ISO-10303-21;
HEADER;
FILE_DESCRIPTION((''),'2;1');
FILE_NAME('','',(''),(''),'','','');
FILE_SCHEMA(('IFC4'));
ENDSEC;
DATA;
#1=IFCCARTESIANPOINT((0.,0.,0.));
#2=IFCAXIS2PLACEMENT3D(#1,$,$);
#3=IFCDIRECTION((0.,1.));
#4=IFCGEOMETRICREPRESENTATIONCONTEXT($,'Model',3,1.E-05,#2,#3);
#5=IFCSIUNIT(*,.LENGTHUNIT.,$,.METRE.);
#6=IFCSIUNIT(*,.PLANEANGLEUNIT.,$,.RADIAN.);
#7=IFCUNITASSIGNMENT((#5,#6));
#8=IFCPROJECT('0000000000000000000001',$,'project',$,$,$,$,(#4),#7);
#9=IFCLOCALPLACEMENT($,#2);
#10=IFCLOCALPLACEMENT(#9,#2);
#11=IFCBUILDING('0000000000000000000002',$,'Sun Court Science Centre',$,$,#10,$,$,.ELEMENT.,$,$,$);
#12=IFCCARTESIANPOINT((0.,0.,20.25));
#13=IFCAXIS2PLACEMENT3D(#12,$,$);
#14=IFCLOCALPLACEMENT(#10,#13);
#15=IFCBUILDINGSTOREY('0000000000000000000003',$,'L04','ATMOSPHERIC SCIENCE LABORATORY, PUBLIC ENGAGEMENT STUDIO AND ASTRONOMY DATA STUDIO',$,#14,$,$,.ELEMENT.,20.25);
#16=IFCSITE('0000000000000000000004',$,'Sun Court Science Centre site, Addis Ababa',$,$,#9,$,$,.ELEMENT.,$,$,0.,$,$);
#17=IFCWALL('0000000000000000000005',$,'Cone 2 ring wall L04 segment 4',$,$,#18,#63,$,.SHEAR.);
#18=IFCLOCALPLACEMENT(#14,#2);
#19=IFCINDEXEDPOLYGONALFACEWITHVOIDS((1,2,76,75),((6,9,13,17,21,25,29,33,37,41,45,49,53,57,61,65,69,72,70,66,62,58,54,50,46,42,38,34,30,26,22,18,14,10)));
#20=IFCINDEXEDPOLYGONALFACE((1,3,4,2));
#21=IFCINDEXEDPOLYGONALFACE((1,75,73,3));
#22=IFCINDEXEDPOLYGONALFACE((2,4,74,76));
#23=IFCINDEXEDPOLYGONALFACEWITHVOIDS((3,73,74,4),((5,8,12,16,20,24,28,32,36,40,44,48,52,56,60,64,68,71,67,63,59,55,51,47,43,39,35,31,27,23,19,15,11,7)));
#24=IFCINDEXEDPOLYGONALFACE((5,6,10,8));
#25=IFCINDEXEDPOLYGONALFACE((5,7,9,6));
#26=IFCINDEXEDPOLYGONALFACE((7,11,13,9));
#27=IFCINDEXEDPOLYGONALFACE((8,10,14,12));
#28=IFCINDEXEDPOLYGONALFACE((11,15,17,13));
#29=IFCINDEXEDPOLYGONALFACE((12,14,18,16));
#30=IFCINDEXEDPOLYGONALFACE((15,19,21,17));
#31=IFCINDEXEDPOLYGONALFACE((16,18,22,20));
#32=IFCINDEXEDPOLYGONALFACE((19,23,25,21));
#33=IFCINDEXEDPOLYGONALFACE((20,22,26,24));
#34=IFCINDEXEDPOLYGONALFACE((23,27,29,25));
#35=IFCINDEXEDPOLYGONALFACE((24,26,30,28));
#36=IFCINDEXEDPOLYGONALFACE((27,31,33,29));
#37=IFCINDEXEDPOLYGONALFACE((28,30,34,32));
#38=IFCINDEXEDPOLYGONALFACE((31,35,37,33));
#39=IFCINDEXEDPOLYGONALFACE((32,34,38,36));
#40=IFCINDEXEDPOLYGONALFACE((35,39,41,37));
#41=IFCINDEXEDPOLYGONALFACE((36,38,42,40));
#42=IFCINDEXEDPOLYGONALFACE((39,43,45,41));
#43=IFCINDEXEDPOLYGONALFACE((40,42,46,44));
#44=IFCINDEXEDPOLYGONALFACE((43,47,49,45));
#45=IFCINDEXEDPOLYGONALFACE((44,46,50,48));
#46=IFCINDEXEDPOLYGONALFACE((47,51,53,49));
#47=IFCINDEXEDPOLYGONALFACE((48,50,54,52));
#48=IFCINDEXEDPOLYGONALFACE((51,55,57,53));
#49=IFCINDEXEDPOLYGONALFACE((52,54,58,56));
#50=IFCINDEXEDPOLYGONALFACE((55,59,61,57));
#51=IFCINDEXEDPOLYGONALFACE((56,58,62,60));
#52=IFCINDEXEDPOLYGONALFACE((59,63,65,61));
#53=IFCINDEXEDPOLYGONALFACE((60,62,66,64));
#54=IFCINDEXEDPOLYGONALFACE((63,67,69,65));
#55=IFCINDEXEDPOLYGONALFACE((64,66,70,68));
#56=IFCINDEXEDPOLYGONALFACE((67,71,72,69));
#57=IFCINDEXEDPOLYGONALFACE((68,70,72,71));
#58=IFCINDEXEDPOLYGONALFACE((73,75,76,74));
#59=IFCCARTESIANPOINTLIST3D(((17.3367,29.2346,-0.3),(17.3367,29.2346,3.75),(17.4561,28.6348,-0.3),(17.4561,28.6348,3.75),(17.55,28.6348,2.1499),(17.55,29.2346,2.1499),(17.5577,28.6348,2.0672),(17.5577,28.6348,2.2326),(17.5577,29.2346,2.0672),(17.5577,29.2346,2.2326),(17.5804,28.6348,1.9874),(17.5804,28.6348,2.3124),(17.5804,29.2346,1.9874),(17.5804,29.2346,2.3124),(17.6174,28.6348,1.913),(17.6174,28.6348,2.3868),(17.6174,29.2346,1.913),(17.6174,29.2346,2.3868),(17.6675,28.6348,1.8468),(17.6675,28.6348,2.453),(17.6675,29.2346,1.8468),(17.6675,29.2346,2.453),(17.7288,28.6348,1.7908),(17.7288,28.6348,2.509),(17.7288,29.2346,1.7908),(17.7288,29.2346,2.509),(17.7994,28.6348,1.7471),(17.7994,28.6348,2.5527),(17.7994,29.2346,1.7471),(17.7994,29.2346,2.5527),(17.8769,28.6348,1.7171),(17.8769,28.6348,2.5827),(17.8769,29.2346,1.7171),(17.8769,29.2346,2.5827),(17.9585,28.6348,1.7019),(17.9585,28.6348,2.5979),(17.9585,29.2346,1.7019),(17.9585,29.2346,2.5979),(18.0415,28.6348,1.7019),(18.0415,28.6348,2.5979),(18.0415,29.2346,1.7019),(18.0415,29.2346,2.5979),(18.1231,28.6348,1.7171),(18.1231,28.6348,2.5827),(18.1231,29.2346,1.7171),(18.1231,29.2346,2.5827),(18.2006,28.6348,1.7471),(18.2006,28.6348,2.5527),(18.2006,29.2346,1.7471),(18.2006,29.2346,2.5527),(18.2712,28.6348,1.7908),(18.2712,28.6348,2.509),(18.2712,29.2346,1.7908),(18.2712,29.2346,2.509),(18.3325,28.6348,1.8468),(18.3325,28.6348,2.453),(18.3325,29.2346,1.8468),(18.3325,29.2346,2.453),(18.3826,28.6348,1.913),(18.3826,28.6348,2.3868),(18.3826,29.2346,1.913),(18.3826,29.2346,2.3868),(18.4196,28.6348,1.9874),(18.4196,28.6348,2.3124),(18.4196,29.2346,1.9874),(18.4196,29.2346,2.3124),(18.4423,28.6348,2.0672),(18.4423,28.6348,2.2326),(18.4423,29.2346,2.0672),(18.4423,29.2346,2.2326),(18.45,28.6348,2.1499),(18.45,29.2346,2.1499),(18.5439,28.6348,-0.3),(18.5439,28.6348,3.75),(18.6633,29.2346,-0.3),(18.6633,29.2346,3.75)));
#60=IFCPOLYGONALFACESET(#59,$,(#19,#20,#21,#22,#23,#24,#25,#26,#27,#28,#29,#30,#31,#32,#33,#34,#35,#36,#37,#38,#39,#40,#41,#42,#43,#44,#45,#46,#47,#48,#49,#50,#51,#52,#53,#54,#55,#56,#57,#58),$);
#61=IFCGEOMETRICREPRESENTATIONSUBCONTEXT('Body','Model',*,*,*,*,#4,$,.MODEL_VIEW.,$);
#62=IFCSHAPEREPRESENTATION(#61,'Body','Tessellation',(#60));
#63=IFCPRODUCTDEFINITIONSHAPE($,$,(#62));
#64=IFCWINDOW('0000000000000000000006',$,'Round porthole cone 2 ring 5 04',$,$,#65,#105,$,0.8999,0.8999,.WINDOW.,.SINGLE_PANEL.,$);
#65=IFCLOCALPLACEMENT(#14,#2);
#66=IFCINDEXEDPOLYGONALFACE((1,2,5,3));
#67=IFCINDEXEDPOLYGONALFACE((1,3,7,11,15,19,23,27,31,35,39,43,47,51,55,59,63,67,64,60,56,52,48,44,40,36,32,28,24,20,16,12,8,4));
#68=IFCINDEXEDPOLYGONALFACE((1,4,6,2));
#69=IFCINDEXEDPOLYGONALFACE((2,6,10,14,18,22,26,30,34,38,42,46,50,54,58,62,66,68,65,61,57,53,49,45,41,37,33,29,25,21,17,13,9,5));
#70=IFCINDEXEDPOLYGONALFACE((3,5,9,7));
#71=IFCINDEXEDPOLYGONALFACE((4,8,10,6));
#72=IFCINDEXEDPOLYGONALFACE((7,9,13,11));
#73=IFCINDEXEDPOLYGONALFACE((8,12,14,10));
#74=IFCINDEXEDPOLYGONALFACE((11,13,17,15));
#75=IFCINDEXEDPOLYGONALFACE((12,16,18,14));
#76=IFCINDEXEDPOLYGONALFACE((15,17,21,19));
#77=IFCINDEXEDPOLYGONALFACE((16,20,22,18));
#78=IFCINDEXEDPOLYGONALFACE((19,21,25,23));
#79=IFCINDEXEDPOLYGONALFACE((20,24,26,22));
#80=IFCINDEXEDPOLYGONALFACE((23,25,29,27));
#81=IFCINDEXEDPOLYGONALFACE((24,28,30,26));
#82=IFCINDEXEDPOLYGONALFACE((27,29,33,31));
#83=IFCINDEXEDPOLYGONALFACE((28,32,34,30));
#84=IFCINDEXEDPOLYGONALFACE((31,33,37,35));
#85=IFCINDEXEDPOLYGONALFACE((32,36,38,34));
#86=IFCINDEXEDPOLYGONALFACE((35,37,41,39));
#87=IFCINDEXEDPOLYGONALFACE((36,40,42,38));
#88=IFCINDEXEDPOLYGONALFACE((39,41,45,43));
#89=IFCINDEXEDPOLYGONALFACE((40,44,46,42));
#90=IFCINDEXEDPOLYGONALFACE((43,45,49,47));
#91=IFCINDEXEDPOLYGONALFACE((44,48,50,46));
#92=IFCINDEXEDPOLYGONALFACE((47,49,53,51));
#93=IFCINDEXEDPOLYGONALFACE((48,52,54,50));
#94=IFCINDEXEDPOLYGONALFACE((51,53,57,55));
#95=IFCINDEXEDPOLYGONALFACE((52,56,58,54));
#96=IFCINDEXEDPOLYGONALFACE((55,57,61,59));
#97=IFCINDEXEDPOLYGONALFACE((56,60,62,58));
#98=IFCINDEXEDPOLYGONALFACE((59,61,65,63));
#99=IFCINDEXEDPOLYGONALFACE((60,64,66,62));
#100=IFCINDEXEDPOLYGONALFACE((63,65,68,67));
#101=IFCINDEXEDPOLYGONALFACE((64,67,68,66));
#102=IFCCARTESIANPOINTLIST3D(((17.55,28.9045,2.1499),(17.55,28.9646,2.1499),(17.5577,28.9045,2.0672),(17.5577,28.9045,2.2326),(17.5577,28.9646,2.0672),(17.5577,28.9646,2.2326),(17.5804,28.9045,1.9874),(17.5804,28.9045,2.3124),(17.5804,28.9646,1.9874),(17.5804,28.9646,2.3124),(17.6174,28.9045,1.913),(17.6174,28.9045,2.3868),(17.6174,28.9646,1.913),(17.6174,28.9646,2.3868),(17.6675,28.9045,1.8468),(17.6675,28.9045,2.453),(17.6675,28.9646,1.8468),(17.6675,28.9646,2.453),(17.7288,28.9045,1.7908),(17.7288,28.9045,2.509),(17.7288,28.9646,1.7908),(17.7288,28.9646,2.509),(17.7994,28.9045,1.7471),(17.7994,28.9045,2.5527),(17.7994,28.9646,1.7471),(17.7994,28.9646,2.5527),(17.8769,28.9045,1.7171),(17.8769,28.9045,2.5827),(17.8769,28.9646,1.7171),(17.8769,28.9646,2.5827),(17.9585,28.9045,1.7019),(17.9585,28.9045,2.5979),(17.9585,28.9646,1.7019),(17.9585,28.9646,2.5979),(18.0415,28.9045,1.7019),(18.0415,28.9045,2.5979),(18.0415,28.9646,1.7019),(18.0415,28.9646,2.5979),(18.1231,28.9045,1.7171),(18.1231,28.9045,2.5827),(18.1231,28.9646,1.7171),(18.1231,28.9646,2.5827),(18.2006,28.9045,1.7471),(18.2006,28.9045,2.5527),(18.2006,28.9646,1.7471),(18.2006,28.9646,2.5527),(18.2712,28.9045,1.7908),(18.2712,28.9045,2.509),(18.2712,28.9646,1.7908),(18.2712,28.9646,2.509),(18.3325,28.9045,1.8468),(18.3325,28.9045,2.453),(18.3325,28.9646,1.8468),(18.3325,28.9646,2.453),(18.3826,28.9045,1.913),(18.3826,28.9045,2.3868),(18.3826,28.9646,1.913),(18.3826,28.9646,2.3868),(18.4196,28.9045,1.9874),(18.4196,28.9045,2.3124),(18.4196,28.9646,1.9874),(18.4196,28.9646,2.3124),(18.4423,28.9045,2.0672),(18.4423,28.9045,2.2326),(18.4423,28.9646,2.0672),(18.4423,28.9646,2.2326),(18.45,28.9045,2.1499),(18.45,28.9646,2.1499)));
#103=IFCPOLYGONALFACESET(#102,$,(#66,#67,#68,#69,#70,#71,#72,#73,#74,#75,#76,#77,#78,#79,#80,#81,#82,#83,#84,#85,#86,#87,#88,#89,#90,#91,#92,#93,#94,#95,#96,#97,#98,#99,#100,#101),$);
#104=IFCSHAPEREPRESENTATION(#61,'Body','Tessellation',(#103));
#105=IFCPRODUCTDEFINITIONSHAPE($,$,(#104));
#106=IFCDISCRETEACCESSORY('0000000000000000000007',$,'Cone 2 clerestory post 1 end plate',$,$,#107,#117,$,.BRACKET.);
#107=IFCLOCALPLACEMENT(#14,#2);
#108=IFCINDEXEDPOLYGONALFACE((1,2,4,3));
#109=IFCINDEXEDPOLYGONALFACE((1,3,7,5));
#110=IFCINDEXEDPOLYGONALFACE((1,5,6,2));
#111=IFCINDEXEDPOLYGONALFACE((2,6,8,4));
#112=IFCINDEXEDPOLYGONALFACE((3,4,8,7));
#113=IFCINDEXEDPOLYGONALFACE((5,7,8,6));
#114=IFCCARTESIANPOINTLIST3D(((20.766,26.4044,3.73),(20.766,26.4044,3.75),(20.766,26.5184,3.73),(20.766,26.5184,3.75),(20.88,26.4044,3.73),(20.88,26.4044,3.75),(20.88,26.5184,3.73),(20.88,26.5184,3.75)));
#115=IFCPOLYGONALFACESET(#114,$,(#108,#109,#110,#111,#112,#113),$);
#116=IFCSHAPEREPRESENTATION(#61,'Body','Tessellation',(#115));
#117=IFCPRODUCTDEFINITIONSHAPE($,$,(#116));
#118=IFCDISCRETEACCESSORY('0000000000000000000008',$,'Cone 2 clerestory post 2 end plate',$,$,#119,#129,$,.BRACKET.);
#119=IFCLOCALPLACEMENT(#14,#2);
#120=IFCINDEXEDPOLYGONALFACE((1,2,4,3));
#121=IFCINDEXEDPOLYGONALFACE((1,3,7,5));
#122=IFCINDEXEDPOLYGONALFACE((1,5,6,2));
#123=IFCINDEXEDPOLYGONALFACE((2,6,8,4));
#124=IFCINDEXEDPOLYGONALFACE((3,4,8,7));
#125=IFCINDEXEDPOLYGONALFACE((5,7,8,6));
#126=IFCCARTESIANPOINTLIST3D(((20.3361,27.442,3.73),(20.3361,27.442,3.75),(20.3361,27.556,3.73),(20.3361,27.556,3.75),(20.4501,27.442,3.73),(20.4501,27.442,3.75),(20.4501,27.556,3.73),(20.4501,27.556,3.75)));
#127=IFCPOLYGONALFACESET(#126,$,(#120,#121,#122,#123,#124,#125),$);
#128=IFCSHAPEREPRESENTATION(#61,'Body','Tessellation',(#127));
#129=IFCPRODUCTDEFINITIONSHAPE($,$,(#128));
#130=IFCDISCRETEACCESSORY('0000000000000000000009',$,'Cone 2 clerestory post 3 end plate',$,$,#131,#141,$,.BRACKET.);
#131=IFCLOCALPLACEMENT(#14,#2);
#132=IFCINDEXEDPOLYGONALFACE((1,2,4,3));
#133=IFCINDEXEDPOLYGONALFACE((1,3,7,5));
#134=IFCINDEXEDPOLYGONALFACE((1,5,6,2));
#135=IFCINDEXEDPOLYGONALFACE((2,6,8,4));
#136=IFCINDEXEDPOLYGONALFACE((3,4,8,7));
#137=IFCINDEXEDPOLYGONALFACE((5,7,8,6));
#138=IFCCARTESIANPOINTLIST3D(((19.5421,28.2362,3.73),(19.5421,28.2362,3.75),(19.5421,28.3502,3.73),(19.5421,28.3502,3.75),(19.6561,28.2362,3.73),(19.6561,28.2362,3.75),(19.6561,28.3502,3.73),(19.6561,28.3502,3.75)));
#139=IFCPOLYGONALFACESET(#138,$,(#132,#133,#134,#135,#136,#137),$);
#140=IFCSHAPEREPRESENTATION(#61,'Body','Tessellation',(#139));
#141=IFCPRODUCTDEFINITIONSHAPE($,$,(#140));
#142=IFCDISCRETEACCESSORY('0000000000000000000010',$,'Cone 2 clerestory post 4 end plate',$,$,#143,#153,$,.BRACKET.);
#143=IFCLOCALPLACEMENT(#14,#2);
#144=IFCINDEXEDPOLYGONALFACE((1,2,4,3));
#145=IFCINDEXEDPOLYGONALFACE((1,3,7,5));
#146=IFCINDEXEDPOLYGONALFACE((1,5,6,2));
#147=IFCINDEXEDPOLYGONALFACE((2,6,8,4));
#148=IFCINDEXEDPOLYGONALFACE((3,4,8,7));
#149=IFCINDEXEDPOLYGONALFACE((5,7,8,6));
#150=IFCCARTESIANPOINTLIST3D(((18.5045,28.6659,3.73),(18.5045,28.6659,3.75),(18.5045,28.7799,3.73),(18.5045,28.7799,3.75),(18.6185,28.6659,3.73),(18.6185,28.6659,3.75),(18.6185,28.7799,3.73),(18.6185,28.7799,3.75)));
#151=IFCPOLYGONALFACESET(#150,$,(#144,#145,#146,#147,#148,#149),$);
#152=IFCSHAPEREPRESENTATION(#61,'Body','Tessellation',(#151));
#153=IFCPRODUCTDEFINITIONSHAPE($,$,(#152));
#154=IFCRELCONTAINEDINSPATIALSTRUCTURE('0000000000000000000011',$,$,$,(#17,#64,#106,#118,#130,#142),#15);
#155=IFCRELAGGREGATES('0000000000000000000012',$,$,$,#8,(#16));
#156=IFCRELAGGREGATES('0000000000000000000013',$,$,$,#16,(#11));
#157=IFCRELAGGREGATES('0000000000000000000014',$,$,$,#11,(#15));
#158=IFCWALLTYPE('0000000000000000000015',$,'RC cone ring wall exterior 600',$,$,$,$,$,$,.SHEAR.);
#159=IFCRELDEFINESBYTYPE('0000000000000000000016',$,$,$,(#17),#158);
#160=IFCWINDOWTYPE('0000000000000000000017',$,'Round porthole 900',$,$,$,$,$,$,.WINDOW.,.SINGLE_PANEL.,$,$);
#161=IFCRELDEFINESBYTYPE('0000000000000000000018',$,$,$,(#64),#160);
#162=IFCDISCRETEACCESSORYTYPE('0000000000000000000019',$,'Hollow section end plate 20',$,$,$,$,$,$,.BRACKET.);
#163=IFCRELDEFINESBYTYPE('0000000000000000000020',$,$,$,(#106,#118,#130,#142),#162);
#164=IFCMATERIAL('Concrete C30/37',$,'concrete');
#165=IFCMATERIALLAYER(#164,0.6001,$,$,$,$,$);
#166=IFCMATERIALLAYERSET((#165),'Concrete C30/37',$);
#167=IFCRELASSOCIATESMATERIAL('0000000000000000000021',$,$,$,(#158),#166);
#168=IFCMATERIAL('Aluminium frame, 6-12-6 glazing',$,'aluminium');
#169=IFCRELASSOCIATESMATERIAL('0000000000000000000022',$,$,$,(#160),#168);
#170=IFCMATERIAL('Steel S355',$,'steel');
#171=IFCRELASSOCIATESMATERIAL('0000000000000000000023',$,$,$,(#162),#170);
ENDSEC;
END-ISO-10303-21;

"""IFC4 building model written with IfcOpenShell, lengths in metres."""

from ifc_helpers import new_model, si_unit, direction, frame, frame_2d, origin, origin_2d, place, context, subcontext, project, spatial, polyline, rectangle, circle, outline, extrude, material, layer, layer_set, type_object, element, fill, save


model = new_model("IFC4")

# Units and contexts
model_context = context("Model", 3, precision=1e-05, world=origin(), true_north=direction((0.0, 1.0)))
body_context = subcontext(model_context, "Body", "Model", "MODEL_VIEW")
ifc_project = project(units=[si_unit("LENGTHUNIT", "METRE"), si_unit("PLANEANGLEUNIT", "RADIAN")], contexts=[model_context])

# Site, building, storey
site_placement = place(None, origin())
site = spatial("IfcSite", under=ifc_project, at=site_placement, Name="Sun Court Science Centre site, Addis Ababa", CompositionType="ELEMENT", RefElevation=0.0)
building_placement = place(site_placement, origin())
building = spatial("IfcBuilding", under=site, at=building_placement, Name="Sun Court Science Centre", CompositionType="ELEMENT")
storey_placement = place(building_placement, frame((0.0, 0.0, 20.25)))
storey = spatial("IfcBuildingStorey", under=building, at=storey_placement, Name="L04", Description="ATMOSPHERIC SCIENCE LABORATORY, PUBLIC ENGAGEMENT STUDIO AND ASTRONOMY DATA STUDIO", CompositionType="ELEMENT", Elevation=20.25)

# Wall, opening, window
ifc_material_1 = material(Name="Concrete C30/37", Category="concrete")
ifc_layer = layer(ifc_material_1, 0.6001)
ifc_layer_set = layer_set([ifc_layer], Name="Concrete C30/37")
wall_type = type_object("IfcWallType", Name="RC cone ring wall exterior 600", PredefinedType="SHEAR", material=ifc_layer_set)
ifc_material_2 = material(Name="Aluminium frame, 6-12-6 glazing", Category="aluminium")
window_type = type_object("IfcWindowType", Name="Round porthole 900", PartitioningType="SINGLE_PANEL", PredefinedType="WINDOW", material=ifc_material_2)
wall_1_placement = place(storey_placement, frame((18.6633, 28.9346, -0.3), z_axis=(0.0, 0.0, 1.0), x_axis=(-1.0, 0.0, 0.0)))
wall_1 = element("IfcWall", 1, at=wall_1_placement, inside=storey, type_object=wall_type, Name="Cone 2 ring wall L04 segment 4", PredefinedType="SHEAR", context=body_context, shape_type="SweptSolid", body=[
    extrude(outline(polyline([(0.0, -0.3), (1.3267, -0.3), (1.2073, 0.2998), (0.1194, 0.2998), (0.0, -0.3)])), origin(), (0.0, 0.0, 1.0), 4.05),
])
opening_1_placement = place(wall_1_placement, frame((0.2134, 0.0, 2.0)))
opening_1 = element("IfcOpeningElement", 2, at=opening_1_placement, cuts=wall_1, PredefinedType="OPENING", context=body_context, shape_type="SweptSolid", body=[
    extrude(circle(Radius=0.45, at=frame_2d((0.45, 0.45))), frame((0.0, 0.3101, 0.0), z_axis=(0.0, -1.0, 0.0), x_axis=(1.0, 0.0, 0.0)), (0.0, 0.0, 1.0), 0.6201),
])
window_1_placement = place(opening_1_placement, origin())
window_1 = element("IfcWindow", 3, at=window_1_placement, inside=storey, type_object=window_type, Name="Round porthole cone 2 ring 5 04", OverallHeight=0.8999, OverallWidth=0.8999, PartitioningType="SINGLE_PANEL", PredefinedType="WINDOW", context=body_context, shape_type="SweptSolid", body=[
    extrude(circle(Radius=0.45, at=frame_2d((0.45, 0.45))), frame((0.0, 0.03, 0.0), z_axis=(0.0, -1.0, 0.0), x_axis=(1.0, 0.0, 0.0)), (0.0, 0.0, 1.0), 0.0601),
])
fill(opening_1, window_1)

# Discrete accessories
ifc_material_3 = material(Name="Steel S355", Category="steel")
discrete_accessory_type = type_object("IfcDiscreteAccessoryType", Name="Hollow section end plate 20", PredefinedType="BRACKET", material=ifc_material_3)
for number, where, z_axis, x_axis, name in (
    (4, (20.823, 26.4614, 3.73), (0.0, 0.0, 1.0), (1.0, 0.0, 0.0), "Cone 2 clerestory post 1 end plate"),
    (5, (20.3931, 27.499, 3.73), (0.0, 0.0, 1.0), (1.0, 0.0, 0.0), "Cone 2 clerestory post 2 end plate"),
    (6, (19.5991, 28.2932, 3.73), (0.0, 0.0, 1.0), (1.0, 0.0, 0.0), "Cone 2 clerestory post 3 end plate"),
    (7, (18.5615, 28.7229, 3.73), (0.0, 0.0, 1.0), (1.0, 0.0, 0.0), "Cone 2 clerestory post 4 end plate"),
):
    element("IfcDiscreteAccessory", number, at=place(storey_placement, frame(where, z_axis=z_axis, x_axis=x_axis)), inside=storey, type_object=discrete_accessory_type, Name=name, PredefinedType="BRACKET", context=body_context, shape_type="SweptSolid", body=[
        extrude(rectangle(XDim=0.114, YDim=0.114, at=origin_2d()), origin(), (0.0, 0.0, 1.0), 0.02),
    ])

save(model, "model.ifc")
